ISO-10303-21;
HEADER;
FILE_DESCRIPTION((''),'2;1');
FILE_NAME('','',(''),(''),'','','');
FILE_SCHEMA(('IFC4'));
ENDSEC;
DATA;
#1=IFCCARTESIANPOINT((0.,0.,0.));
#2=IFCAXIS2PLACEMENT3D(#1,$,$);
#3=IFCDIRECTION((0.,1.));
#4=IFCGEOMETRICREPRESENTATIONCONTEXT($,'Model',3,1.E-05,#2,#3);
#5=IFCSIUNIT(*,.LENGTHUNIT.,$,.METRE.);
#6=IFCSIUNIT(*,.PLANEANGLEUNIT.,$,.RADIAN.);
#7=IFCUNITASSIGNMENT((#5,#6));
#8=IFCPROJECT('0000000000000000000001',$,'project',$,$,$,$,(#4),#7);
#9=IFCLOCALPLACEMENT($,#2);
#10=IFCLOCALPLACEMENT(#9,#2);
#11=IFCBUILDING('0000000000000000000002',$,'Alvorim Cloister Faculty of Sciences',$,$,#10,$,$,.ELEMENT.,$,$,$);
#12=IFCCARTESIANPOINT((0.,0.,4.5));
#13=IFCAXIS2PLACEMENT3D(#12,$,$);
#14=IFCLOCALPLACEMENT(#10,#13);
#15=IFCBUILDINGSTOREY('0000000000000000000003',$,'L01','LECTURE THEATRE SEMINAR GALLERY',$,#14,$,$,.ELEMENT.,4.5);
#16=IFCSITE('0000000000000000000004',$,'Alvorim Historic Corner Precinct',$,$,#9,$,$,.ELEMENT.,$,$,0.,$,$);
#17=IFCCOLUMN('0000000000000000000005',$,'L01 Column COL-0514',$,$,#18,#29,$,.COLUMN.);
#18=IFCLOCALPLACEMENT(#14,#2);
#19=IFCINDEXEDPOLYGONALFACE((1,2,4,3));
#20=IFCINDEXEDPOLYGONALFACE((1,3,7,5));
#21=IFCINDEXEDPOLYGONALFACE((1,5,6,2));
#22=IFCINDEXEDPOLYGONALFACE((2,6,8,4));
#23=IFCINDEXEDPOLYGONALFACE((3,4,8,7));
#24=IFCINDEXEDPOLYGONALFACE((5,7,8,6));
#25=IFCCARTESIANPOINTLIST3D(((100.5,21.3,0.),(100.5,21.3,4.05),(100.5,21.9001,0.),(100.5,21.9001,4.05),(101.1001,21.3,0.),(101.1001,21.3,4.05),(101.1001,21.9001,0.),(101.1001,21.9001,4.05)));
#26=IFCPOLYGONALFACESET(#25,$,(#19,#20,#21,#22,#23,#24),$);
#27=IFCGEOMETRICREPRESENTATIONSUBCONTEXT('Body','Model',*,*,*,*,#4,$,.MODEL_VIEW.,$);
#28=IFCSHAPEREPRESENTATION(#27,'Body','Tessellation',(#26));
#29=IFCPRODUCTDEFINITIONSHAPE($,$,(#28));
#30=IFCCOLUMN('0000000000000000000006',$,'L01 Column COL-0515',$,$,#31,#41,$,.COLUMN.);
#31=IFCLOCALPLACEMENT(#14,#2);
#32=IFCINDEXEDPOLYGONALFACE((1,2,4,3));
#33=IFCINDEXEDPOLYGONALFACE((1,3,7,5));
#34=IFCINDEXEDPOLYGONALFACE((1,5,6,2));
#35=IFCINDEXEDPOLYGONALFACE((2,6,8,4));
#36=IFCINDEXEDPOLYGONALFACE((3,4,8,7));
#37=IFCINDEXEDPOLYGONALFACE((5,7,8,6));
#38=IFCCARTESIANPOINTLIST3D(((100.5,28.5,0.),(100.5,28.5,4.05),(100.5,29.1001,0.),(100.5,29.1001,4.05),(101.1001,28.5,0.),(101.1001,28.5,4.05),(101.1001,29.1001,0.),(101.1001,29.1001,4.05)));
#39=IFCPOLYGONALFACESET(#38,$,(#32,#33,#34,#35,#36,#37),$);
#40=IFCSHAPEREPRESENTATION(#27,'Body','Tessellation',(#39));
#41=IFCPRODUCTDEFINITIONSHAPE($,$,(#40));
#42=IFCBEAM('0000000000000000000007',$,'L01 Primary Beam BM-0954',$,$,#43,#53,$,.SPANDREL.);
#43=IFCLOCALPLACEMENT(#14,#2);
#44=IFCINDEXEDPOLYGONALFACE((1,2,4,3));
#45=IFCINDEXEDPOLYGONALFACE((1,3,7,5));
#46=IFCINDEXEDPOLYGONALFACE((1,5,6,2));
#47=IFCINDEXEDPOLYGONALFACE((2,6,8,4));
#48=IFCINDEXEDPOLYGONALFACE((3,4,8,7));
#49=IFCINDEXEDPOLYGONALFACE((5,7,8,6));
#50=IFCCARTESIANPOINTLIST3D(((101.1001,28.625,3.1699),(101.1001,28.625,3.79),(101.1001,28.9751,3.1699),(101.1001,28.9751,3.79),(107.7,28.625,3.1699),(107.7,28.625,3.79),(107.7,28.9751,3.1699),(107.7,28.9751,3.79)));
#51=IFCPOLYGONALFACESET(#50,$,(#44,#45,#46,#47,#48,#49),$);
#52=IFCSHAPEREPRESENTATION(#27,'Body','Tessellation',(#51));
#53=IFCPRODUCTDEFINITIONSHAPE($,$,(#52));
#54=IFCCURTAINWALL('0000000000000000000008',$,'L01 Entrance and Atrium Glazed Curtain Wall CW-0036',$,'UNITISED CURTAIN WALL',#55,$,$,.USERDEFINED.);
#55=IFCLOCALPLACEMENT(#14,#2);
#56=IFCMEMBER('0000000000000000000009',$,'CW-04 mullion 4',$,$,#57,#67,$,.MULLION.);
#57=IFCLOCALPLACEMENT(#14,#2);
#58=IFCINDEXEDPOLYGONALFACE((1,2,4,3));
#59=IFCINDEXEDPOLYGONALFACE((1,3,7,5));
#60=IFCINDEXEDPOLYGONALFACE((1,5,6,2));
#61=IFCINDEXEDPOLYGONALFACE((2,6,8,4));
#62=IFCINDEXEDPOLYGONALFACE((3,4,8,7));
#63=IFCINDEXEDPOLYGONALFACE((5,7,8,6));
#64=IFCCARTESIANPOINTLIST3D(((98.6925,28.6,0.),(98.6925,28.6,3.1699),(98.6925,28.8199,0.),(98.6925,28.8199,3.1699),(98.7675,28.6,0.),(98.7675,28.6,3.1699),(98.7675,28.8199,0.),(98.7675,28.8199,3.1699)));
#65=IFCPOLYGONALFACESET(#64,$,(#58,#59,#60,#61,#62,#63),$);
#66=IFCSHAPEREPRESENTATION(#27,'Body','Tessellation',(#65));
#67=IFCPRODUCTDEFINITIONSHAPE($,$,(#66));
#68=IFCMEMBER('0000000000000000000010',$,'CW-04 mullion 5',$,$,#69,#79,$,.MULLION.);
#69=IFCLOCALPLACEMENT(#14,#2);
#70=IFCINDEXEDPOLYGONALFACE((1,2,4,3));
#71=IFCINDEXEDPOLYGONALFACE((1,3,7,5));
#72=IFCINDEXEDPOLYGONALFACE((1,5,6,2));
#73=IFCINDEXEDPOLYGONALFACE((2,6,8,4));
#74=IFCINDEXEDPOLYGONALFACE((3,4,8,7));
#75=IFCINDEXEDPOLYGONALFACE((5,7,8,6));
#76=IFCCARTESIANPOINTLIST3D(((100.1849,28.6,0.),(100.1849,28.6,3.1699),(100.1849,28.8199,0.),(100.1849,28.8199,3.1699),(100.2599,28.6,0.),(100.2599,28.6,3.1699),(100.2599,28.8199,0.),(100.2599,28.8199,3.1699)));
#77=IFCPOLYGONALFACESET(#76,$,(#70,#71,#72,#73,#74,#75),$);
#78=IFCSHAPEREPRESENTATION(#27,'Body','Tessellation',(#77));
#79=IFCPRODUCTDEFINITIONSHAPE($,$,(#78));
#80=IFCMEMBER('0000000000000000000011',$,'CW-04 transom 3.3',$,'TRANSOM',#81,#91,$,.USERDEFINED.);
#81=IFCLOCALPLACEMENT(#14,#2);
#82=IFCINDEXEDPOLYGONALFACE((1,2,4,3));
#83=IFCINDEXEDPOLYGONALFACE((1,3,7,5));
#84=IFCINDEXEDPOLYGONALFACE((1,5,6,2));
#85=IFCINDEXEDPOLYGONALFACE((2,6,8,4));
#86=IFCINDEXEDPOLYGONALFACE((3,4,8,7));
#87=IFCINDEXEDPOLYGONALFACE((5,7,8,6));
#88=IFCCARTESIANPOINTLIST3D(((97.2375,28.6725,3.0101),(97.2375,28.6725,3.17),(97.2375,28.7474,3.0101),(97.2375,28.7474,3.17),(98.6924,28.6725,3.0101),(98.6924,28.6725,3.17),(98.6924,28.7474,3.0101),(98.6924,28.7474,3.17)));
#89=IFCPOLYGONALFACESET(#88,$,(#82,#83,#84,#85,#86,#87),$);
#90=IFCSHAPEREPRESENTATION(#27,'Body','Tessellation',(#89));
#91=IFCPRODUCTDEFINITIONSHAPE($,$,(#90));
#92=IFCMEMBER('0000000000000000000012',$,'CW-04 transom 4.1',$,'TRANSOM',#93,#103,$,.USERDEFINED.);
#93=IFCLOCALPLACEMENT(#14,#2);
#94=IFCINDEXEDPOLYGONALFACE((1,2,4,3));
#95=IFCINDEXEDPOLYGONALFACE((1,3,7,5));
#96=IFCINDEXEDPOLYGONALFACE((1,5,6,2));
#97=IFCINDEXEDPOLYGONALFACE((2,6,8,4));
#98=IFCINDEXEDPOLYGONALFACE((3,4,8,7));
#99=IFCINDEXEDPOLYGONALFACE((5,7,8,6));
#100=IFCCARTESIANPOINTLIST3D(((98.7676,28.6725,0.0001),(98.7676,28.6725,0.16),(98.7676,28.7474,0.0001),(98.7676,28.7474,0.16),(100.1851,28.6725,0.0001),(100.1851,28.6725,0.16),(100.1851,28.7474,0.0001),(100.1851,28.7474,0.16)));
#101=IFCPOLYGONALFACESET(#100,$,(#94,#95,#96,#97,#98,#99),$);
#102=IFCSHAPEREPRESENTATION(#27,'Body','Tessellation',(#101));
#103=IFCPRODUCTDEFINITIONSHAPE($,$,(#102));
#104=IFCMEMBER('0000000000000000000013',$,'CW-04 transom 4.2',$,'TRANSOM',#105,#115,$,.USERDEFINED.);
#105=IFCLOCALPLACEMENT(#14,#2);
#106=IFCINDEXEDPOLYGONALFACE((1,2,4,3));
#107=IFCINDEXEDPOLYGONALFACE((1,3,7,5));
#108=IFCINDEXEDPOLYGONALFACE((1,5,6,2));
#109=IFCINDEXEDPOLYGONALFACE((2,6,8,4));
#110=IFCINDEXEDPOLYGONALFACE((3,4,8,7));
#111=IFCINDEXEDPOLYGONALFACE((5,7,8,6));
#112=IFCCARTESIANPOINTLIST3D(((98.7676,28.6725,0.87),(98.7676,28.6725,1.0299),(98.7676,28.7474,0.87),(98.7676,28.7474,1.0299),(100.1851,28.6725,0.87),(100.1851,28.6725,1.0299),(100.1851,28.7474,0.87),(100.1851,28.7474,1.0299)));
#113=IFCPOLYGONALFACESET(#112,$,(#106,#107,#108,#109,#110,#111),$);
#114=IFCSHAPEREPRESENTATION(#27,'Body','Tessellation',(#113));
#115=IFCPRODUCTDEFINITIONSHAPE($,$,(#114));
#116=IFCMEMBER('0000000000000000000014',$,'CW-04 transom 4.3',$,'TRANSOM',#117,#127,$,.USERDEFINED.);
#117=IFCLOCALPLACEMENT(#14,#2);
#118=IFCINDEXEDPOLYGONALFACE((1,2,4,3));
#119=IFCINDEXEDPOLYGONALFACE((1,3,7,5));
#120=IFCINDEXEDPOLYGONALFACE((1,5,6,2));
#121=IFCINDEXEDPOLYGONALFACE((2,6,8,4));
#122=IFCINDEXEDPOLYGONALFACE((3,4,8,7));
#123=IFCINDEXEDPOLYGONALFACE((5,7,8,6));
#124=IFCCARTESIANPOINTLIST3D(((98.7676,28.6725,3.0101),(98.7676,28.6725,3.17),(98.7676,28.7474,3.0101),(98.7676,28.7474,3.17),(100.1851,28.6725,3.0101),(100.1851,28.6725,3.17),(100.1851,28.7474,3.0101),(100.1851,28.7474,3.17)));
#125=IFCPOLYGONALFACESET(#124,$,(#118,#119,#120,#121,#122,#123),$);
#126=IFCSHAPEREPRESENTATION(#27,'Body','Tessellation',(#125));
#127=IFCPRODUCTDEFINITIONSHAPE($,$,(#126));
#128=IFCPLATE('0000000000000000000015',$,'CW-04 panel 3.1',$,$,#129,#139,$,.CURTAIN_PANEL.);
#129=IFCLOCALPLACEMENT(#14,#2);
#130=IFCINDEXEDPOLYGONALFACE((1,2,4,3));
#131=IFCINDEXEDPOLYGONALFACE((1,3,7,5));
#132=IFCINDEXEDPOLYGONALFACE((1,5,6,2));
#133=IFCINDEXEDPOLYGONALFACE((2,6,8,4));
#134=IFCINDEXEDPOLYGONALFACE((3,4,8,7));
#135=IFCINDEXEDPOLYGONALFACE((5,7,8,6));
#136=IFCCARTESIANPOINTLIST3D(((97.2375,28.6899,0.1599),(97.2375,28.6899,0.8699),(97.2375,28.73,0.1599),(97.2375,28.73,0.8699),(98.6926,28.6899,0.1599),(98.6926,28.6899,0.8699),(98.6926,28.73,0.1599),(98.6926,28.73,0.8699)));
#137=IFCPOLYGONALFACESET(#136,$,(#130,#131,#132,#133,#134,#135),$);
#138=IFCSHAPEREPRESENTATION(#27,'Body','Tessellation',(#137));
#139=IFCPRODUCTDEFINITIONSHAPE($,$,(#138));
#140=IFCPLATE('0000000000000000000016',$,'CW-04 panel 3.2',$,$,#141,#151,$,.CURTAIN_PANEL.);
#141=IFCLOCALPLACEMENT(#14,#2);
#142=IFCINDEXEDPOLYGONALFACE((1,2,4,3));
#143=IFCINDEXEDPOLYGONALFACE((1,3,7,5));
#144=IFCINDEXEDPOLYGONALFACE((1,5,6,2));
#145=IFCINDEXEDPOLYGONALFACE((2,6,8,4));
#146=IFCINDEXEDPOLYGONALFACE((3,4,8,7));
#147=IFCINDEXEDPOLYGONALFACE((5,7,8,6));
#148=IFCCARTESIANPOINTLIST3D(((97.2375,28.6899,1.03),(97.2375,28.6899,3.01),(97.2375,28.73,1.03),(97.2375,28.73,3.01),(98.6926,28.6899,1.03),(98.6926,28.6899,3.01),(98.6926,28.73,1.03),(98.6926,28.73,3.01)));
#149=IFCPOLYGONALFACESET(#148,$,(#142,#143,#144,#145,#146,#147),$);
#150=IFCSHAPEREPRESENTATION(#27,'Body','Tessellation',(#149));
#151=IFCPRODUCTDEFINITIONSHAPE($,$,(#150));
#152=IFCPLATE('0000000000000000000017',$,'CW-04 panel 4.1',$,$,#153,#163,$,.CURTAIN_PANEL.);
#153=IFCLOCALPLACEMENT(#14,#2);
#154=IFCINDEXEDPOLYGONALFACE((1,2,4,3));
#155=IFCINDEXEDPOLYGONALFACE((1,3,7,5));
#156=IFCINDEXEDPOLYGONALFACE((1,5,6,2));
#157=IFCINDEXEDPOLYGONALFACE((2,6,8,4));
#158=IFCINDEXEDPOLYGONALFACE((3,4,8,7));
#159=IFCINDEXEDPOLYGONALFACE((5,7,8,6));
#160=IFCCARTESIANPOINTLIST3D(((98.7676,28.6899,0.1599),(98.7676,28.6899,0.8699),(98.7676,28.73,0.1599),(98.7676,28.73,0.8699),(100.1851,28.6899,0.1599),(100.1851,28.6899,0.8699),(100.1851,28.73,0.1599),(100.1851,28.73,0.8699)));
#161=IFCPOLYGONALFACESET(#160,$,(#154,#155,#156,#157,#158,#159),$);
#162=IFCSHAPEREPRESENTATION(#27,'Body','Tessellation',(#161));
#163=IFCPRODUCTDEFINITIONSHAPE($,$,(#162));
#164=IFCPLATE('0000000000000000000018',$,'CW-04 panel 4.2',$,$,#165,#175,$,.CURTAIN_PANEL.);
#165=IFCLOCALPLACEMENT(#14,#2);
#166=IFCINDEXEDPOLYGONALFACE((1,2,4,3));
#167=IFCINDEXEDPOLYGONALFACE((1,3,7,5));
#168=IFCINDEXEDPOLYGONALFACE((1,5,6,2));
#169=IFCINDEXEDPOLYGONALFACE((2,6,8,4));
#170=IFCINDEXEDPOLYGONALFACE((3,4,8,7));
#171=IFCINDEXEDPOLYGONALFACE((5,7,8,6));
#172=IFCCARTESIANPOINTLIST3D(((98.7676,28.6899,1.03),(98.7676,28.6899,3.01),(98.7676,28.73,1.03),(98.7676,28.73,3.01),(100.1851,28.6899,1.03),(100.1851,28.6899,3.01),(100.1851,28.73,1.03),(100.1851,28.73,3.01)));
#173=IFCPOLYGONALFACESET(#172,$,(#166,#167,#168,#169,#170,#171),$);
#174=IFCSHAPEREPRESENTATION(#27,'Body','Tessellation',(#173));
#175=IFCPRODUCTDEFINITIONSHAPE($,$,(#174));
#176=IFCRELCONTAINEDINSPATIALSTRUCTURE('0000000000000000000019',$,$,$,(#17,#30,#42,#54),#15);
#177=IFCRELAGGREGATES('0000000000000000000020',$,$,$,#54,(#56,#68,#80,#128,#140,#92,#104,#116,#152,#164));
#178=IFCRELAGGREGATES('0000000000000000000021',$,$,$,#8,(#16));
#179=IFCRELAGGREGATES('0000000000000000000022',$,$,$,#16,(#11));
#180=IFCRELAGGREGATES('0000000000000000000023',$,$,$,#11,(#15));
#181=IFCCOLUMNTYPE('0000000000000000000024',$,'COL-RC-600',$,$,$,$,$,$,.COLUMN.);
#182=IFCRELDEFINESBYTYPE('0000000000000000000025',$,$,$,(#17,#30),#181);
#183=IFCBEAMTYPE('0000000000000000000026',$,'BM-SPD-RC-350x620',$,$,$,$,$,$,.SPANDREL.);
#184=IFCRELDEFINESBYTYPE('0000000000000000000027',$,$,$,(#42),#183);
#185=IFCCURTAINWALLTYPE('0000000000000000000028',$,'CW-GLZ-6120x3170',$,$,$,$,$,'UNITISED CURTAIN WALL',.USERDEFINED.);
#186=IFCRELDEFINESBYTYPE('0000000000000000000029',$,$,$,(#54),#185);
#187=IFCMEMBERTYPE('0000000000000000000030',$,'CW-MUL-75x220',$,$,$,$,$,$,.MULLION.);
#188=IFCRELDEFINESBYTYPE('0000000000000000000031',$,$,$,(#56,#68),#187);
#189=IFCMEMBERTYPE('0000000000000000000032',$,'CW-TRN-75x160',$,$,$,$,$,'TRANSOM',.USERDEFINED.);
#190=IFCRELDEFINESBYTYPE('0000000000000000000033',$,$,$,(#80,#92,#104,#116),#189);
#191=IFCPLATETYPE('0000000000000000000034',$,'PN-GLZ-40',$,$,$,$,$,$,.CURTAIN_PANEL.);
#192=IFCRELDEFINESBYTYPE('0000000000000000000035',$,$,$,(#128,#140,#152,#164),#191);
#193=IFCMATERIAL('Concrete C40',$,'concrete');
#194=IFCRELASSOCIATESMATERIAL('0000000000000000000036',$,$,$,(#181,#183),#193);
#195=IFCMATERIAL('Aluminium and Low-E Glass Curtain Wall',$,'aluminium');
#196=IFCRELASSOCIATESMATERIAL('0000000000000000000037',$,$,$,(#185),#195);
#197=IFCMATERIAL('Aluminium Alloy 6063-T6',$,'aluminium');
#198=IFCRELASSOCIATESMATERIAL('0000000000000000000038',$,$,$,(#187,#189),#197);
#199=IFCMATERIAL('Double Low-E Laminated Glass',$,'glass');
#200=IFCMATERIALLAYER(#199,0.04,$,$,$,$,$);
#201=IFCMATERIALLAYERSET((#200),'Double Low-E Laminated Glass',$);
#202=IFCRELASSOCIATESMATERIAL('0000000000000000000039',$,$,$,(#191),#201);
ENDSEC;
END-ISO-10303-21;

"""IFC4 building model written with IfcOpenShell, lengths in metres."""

from ifc_helpers import new_model, si_unit, direction, frame, origin, origin_2d, place, context, subcontext, project, spatial, rectangle, extrude, material, layer, layer_set, material_profile, profile_set, type_object, element, aggregate, save


model = new_model("IFC4")

# Units and contexts
model_context = context("Model", 3, precision=1e-05, world=origin(), true_north=direction((0.0, 1.0)))
body_context = subcontext(model_context, "Body", "Model", "MODEL_VIEW")
ifc_project = project(units=[si_unit("LENGTHUNIT", "METRE"), si_unit("PLANEANGLEUNIT", "RADIAN")], contexts=[model_context])

# Site, building, storey
site_placement = place(None, origin())
site = spatial("IfcSite", under=ifc_project, at=site_placement, Name="Alvorim Historic Corner Precinct", CompositionType="ELEMENT", RefElevation=0.0)
building_placement = place(site_placement, origin())
building = spatial("IfcBuilding", under=site, at=building_placement, Name="Alvorim Cloister Faculty of Sciences", CompositionType="ELEMENT")
storey_placement = place(building_placement, frame((0.0, 0.0, 4.5)))
storey = spatial("IfcBuildingStorey", under=building, at=storey_placement, Name="L01", Description="LECTURE THEATRE SEMINAR GALLERY", CompositionType="ELEMENT", Elevation=4.5)

# Columns
ifc_material_1 = material(Name="Concrete C40", Category="concrete")
ifc_material_profile_1 = material_profile(ifc_material_1, rectangle(XDim=0.6001, YDim=0.6001, at=origin_2d()), Name="RC40-COL-600x600")
ifc_profile_set_1 = profile_set([ifc_material_profile_1], Name="Concrete C40")
column_type = type_object("IfcColumnType", Name="COL-RC-600", PredefinedType="COLUMN", material=ifc_profile_set_1)
for number, where, z_axis, x_axis, name in (
    (1, (100.8, 21.6001, 0.0), (0.0, 0.0, 1.0), (1.0, 0.0, 0.0), "L01 Column COL-0514"),
    (2, (100.8, 28.8, 0.0), (0.0, 0.0, 1.0), (1.0, 0.0, 0.0), "L01 Column COL-0515"),
):
    element("IfcColumn", number, at=place(storey_placement, frame(where, z_axis=z_axis, x_axis=x_axis)), inside=storey, type_object=column_type, Name=name, PredefinedType="COLUMN", context=body_context, shape_type="SweptSolid", body=[
        extrude(rectangle(XDim=0.6001, YDim=0.6001, at=origin_2d()), origin(), (0.0, 0.0, 1.0), 4.05),
    ])

# Beam
ifc_material_profile_2 = material_profile(ifc_material_1, rectangle(XDim=0.3501, YDim=0.6201, at=origin_2d()), Name="RC40-SPD-350x620")
ifc_profile_set_2 = profile_set([ifc_material_profile_2], Name="Concrete C40")
beam_type = type_object("IfcBeamType", Name="BM-SPD-RC-350x620", PredefinedType="SPANDREL", material=ifc_profile_set_2)
beam_placement = place(storey_placement, frame((101.1001, 28.8, 3.48), z_axis=(1.0, 0.0, 0.0), x_axis=(0.0, 1.0, 0.0)))
element("IfcBeam", 3, at=beam_placement, inside=storey, type_object=beam_type, Name="L01 Primary Beam BM-0954", PredefinedType="SPANDREL", context=body_context, shape_type="SweptSolid", body=[
    extrude(rectangle(XDim=0.3501, YDim=0.6201, at=origin_2d()), origin(), (0.0, 0.0, 1.0), 6.5999),
])

# Curtain wall, members, plates
ifc_material_2 = material(Name="Aluminium and Low-E Glass Curtain Wall", Category="aluminium")
curtain_wall_type = type_object("IfcCurtainWallType", Name="CW-GLZ-6120x3170", ElementType="UNITISED CURTAIN WALL", PredefinedType="USERDEFINED", material=ifc_material_2)
curtain_wall_placement = place(storey_placement, origin())
curtain_wall = element("IfcCurtainWall", 4, at=curtain_wall_placement, inside=storey, type_object=curtain_wall_type, Name="L01 Entrance and Atrium Glazed Curtain Wall CW-0036", ObjectType="UNITISED CURTAIN WALL", PredefinedType="USERDEFINED")
ifc_material_3 = material(Name="Aluminium Alloy 6063-T6", Category="aluminium")
ifc_material_profile_3 = material_profile(ifc_material_3, rectangle(XDim=0.075, YDim=0.22, at=origin_2d()), Name="ALU-MUL-75x220")
ifc_profile_set_3 = profile_set([ifc_material_profile_3], Name="Aluminium Alloy 6063-T6")
member_type_1 = type_object("IfcMemberType", Name="CW-MUL-75x220", PredefinedType="MULLION", material=ifc_profile_set_3)
member_1_placement = place(storey_placement, frame((98.73, 28.71, 0.0), z_axis=(0.0, 0.0, 1.0), x_axis=(1.0, 0.0, 0.0)))
member_1 = element("IfcMember", 5, at=member_1_placement, type_object=member_type_1, Name="CW-04 mullion 4", PredefinedType="MULLION", context=body_context, shape_type="SweptSolid", body=[
    extrude(rectangle(XDim=0.075, YDim=0.22, at=origin_2d()), origin(), (0.0, 0.0, 1.0), 3.1699),
])
member_2_placement = place(storey_placement, frame((100.2224, 28.71, 0.0), z_axis=(0.0, 0.0, 1.0), x_axis=(1.0, 0.0, 0.0)))
member_2 = element("IfcMember", 6, at=member_2_placement, type_object=member_type_1, Name="CW-04 mullion 5", PredefinedType="MULLION", context=body_context, shape_type="SweptSolid", body=[
    extrude(rectangle(XDim=0.075, YDim=0.22, at=origin_2d()), origin(), (0.0, 0.0, 1.0), 3.1699),
])
ifc_material_profile_4 = material_profile(ifc_material_3, rectangle(XDim=0.075, YDim=0.1599, at=origin_2d()), Name="ALU-TRN-75x160")
ifc_profile_set_4 = profile_set([ifc_material_profile_4], Name="Aluminium Alloy 6063-T6")
member_type_2 = type_object("IfcMemberType", Name="CW-TRN-75x160", ElementType="TRANSOM", PredefinedType="USERDEFINED", material=ifc_profile_set_4)
member_3_placement = place(storey_placement, frame((97.2375, 28.71, 3.0901), z_axis=(1.0, 0.0, 0.0), x_axis=(0.0, 1.0, 0.0)))
member_3 = element("IfcMember", 7, at=member_3_placement, type_object=member_type_2, Name="CW-04 transom 3.3", ObjectType="TRANSOM", PredefinedType="USERDEFINED", context=body_context, shape_type="SweptSolid", body=[
    extrude(rectangle(XDim=0.075, YDim=0.1599, at=origin_2d()), origin(), (0.0, 0.0, 1.0), 1.4548),
])
member_4_placement = place(storey_placement, frame((98.7676, 28.71, 0.0801), z_axis=(1.0, 0.0, 0.0), x_axis=(0.0, 1.0, 0.0)))
member_4 = element("IfcMember", 8, at=member_4_placement, type_object=member_type_2, Name="CW-04 transom 4.1", ObjectType="TRANSOM", PredefinedType="USERDEFINED", context=body_context, shape_type="SweptSolid", body=[
    extrude(rectangle(XDim=0.075, YDim=0.1599, at=origin_2d()), origin(), (0.0, 0.0, 1.0), 1.4175),
])
member_5_placement = place(storey_placement, frame((98.7676, 28.71, 0.95), z_axis=(1.0, 0.0, 0.0), x_axis=(0.0, 1.0, 0.0)))
member_5 = element("IfcMember", 9, at=member_5_placement, type_object=member_type_2, Name="CW-04 transom 4.2", ObjectType="TRANSOM", PredefinedType="USERDEFINED", context=body_context, shape_type="SweptSolid", body=[
    extrude(rectangle(XDim=0.075, YDim=0.1599, at=origin_2d()), origin(), (0.0, 0.0, 1.0), 1.4175),
])
member_6_placement = place(storey_placement, frame((98.7676, 28.71, 3.0901), z_axis=(1.0, 0.0, 0.0), x_axis=(0.0, 1.0, 0.0)))
member_6 = element("IfcMember", 10, at=member_6_placement, type_object=member_type_2, Name="CW-04 transom 4.3", ObjectType="TRANSOM", PredefinedType="USERDEFINED", context=body_context, shape_type="SweptSolid", body=[
    extrude(rectangle(XDim=0.075, YDim=0.1599, at=origin_2d()), origin(), (0.0, 0.0, 1.0), 1.4175),
])
ifc_material_4 = material(Name="Double Low-E Laminated Glass", Category="glass")
ifc_layer_1 = layer(ifc_material_4, 0.04)
ifc_layer_set_1 = layer_set([ifc_layer_1], Name="Double Low-E Laminated Glass")
plate_type = type_object("IfcPlateType", Name="PN-GLZ-40", PredefinedType="CURTAIN_PANEL", material=ifc_layer_set_1)
plate_1_placement = place(storey_placement, frame((97.9651, 28.71, 0.1599), z_axis=(0.0, 0.0, 1.0), x_axis=(1.0, 0.0, 0.0)))
plate_1 = element("IfcPlate", 11, at=plate_1_placement, type_object=plate_type, Name="CW-04 panel 3.1", PredefinedType="CURTAIN_PANEL", context=body_context, shape_type="SweptSolid", body=[
    extrude(rectangle(XDim=1.4551, YDim=0.04, at=origin_2d()), origin(), (0.0, 0.0, 1.0), 0.71),
])
plate_2_placement = place(storey_placement, frame((97.9651, 28.71, 1.03), z_axis=(0.0, 0.0, 1.0), x_axis=(1.0, 0.0, 0.0)))
plate_2 = element("IfcPlate", 12, at=plate_2_placement, type_object=plate_type, Name="CW-04 panel 3.2", PredefinedType="CURTAIN_PANEL", context=body_context, shape_type="SweptSolid", body=[
    extrude(rectangle(XDim=1.4551, YDim=0.04, at=origin_2d()), origin(), (0.0, 0.0, 1.0), 1.98),
])
plate_3_placement = place(storey_placement, frame((99.4763, 28.71, 0.1599), z_axis=(0.0, 0.0, 1.0), x_axis=(1.0, 0.0, 0.0)))
plate_3 = element("IfcPlate", 13, at=plate_3_placement, type_object=plate_type, Name="CW-04 panel 4.1", PredefinedType="CURTAIN_PANEL", context=body_context, shape_type="SweptSolid", body=[
    extrude(rectangle(XDim=1.4175, YDim=0.04, at=origin_2d()), origin(), (0.0, 0.0, 1.0), 0.71),
])
plate_4_placement = place(storey_placement, frame((99.4763, 28.71, 1.03), z_axis=(0.0, 0.0, 1.0), x_axis=(1.0, 0.0, 0.0)))
plate_4 = element("IfcPlate", 14, at=plate_4_placement, type_object=plate_type, Name="CW-04 panel 4.2", PredefinedType="CURTAIN_PANEL", context=body_context, shape_type="SweptSolid", body=[
    extrude(rectangle(XDim=1.4175, YDim=0.04, at=origin_2d()), origin(), (0.0, 0.0, 1.0), 1.98),
])
aggregate(curtain_wall, [member_1, member_2, member_3, plate_1, plate_2, member_4, member_5, member_6, plate_3, plate_4])

save(model, "model.ifc")
